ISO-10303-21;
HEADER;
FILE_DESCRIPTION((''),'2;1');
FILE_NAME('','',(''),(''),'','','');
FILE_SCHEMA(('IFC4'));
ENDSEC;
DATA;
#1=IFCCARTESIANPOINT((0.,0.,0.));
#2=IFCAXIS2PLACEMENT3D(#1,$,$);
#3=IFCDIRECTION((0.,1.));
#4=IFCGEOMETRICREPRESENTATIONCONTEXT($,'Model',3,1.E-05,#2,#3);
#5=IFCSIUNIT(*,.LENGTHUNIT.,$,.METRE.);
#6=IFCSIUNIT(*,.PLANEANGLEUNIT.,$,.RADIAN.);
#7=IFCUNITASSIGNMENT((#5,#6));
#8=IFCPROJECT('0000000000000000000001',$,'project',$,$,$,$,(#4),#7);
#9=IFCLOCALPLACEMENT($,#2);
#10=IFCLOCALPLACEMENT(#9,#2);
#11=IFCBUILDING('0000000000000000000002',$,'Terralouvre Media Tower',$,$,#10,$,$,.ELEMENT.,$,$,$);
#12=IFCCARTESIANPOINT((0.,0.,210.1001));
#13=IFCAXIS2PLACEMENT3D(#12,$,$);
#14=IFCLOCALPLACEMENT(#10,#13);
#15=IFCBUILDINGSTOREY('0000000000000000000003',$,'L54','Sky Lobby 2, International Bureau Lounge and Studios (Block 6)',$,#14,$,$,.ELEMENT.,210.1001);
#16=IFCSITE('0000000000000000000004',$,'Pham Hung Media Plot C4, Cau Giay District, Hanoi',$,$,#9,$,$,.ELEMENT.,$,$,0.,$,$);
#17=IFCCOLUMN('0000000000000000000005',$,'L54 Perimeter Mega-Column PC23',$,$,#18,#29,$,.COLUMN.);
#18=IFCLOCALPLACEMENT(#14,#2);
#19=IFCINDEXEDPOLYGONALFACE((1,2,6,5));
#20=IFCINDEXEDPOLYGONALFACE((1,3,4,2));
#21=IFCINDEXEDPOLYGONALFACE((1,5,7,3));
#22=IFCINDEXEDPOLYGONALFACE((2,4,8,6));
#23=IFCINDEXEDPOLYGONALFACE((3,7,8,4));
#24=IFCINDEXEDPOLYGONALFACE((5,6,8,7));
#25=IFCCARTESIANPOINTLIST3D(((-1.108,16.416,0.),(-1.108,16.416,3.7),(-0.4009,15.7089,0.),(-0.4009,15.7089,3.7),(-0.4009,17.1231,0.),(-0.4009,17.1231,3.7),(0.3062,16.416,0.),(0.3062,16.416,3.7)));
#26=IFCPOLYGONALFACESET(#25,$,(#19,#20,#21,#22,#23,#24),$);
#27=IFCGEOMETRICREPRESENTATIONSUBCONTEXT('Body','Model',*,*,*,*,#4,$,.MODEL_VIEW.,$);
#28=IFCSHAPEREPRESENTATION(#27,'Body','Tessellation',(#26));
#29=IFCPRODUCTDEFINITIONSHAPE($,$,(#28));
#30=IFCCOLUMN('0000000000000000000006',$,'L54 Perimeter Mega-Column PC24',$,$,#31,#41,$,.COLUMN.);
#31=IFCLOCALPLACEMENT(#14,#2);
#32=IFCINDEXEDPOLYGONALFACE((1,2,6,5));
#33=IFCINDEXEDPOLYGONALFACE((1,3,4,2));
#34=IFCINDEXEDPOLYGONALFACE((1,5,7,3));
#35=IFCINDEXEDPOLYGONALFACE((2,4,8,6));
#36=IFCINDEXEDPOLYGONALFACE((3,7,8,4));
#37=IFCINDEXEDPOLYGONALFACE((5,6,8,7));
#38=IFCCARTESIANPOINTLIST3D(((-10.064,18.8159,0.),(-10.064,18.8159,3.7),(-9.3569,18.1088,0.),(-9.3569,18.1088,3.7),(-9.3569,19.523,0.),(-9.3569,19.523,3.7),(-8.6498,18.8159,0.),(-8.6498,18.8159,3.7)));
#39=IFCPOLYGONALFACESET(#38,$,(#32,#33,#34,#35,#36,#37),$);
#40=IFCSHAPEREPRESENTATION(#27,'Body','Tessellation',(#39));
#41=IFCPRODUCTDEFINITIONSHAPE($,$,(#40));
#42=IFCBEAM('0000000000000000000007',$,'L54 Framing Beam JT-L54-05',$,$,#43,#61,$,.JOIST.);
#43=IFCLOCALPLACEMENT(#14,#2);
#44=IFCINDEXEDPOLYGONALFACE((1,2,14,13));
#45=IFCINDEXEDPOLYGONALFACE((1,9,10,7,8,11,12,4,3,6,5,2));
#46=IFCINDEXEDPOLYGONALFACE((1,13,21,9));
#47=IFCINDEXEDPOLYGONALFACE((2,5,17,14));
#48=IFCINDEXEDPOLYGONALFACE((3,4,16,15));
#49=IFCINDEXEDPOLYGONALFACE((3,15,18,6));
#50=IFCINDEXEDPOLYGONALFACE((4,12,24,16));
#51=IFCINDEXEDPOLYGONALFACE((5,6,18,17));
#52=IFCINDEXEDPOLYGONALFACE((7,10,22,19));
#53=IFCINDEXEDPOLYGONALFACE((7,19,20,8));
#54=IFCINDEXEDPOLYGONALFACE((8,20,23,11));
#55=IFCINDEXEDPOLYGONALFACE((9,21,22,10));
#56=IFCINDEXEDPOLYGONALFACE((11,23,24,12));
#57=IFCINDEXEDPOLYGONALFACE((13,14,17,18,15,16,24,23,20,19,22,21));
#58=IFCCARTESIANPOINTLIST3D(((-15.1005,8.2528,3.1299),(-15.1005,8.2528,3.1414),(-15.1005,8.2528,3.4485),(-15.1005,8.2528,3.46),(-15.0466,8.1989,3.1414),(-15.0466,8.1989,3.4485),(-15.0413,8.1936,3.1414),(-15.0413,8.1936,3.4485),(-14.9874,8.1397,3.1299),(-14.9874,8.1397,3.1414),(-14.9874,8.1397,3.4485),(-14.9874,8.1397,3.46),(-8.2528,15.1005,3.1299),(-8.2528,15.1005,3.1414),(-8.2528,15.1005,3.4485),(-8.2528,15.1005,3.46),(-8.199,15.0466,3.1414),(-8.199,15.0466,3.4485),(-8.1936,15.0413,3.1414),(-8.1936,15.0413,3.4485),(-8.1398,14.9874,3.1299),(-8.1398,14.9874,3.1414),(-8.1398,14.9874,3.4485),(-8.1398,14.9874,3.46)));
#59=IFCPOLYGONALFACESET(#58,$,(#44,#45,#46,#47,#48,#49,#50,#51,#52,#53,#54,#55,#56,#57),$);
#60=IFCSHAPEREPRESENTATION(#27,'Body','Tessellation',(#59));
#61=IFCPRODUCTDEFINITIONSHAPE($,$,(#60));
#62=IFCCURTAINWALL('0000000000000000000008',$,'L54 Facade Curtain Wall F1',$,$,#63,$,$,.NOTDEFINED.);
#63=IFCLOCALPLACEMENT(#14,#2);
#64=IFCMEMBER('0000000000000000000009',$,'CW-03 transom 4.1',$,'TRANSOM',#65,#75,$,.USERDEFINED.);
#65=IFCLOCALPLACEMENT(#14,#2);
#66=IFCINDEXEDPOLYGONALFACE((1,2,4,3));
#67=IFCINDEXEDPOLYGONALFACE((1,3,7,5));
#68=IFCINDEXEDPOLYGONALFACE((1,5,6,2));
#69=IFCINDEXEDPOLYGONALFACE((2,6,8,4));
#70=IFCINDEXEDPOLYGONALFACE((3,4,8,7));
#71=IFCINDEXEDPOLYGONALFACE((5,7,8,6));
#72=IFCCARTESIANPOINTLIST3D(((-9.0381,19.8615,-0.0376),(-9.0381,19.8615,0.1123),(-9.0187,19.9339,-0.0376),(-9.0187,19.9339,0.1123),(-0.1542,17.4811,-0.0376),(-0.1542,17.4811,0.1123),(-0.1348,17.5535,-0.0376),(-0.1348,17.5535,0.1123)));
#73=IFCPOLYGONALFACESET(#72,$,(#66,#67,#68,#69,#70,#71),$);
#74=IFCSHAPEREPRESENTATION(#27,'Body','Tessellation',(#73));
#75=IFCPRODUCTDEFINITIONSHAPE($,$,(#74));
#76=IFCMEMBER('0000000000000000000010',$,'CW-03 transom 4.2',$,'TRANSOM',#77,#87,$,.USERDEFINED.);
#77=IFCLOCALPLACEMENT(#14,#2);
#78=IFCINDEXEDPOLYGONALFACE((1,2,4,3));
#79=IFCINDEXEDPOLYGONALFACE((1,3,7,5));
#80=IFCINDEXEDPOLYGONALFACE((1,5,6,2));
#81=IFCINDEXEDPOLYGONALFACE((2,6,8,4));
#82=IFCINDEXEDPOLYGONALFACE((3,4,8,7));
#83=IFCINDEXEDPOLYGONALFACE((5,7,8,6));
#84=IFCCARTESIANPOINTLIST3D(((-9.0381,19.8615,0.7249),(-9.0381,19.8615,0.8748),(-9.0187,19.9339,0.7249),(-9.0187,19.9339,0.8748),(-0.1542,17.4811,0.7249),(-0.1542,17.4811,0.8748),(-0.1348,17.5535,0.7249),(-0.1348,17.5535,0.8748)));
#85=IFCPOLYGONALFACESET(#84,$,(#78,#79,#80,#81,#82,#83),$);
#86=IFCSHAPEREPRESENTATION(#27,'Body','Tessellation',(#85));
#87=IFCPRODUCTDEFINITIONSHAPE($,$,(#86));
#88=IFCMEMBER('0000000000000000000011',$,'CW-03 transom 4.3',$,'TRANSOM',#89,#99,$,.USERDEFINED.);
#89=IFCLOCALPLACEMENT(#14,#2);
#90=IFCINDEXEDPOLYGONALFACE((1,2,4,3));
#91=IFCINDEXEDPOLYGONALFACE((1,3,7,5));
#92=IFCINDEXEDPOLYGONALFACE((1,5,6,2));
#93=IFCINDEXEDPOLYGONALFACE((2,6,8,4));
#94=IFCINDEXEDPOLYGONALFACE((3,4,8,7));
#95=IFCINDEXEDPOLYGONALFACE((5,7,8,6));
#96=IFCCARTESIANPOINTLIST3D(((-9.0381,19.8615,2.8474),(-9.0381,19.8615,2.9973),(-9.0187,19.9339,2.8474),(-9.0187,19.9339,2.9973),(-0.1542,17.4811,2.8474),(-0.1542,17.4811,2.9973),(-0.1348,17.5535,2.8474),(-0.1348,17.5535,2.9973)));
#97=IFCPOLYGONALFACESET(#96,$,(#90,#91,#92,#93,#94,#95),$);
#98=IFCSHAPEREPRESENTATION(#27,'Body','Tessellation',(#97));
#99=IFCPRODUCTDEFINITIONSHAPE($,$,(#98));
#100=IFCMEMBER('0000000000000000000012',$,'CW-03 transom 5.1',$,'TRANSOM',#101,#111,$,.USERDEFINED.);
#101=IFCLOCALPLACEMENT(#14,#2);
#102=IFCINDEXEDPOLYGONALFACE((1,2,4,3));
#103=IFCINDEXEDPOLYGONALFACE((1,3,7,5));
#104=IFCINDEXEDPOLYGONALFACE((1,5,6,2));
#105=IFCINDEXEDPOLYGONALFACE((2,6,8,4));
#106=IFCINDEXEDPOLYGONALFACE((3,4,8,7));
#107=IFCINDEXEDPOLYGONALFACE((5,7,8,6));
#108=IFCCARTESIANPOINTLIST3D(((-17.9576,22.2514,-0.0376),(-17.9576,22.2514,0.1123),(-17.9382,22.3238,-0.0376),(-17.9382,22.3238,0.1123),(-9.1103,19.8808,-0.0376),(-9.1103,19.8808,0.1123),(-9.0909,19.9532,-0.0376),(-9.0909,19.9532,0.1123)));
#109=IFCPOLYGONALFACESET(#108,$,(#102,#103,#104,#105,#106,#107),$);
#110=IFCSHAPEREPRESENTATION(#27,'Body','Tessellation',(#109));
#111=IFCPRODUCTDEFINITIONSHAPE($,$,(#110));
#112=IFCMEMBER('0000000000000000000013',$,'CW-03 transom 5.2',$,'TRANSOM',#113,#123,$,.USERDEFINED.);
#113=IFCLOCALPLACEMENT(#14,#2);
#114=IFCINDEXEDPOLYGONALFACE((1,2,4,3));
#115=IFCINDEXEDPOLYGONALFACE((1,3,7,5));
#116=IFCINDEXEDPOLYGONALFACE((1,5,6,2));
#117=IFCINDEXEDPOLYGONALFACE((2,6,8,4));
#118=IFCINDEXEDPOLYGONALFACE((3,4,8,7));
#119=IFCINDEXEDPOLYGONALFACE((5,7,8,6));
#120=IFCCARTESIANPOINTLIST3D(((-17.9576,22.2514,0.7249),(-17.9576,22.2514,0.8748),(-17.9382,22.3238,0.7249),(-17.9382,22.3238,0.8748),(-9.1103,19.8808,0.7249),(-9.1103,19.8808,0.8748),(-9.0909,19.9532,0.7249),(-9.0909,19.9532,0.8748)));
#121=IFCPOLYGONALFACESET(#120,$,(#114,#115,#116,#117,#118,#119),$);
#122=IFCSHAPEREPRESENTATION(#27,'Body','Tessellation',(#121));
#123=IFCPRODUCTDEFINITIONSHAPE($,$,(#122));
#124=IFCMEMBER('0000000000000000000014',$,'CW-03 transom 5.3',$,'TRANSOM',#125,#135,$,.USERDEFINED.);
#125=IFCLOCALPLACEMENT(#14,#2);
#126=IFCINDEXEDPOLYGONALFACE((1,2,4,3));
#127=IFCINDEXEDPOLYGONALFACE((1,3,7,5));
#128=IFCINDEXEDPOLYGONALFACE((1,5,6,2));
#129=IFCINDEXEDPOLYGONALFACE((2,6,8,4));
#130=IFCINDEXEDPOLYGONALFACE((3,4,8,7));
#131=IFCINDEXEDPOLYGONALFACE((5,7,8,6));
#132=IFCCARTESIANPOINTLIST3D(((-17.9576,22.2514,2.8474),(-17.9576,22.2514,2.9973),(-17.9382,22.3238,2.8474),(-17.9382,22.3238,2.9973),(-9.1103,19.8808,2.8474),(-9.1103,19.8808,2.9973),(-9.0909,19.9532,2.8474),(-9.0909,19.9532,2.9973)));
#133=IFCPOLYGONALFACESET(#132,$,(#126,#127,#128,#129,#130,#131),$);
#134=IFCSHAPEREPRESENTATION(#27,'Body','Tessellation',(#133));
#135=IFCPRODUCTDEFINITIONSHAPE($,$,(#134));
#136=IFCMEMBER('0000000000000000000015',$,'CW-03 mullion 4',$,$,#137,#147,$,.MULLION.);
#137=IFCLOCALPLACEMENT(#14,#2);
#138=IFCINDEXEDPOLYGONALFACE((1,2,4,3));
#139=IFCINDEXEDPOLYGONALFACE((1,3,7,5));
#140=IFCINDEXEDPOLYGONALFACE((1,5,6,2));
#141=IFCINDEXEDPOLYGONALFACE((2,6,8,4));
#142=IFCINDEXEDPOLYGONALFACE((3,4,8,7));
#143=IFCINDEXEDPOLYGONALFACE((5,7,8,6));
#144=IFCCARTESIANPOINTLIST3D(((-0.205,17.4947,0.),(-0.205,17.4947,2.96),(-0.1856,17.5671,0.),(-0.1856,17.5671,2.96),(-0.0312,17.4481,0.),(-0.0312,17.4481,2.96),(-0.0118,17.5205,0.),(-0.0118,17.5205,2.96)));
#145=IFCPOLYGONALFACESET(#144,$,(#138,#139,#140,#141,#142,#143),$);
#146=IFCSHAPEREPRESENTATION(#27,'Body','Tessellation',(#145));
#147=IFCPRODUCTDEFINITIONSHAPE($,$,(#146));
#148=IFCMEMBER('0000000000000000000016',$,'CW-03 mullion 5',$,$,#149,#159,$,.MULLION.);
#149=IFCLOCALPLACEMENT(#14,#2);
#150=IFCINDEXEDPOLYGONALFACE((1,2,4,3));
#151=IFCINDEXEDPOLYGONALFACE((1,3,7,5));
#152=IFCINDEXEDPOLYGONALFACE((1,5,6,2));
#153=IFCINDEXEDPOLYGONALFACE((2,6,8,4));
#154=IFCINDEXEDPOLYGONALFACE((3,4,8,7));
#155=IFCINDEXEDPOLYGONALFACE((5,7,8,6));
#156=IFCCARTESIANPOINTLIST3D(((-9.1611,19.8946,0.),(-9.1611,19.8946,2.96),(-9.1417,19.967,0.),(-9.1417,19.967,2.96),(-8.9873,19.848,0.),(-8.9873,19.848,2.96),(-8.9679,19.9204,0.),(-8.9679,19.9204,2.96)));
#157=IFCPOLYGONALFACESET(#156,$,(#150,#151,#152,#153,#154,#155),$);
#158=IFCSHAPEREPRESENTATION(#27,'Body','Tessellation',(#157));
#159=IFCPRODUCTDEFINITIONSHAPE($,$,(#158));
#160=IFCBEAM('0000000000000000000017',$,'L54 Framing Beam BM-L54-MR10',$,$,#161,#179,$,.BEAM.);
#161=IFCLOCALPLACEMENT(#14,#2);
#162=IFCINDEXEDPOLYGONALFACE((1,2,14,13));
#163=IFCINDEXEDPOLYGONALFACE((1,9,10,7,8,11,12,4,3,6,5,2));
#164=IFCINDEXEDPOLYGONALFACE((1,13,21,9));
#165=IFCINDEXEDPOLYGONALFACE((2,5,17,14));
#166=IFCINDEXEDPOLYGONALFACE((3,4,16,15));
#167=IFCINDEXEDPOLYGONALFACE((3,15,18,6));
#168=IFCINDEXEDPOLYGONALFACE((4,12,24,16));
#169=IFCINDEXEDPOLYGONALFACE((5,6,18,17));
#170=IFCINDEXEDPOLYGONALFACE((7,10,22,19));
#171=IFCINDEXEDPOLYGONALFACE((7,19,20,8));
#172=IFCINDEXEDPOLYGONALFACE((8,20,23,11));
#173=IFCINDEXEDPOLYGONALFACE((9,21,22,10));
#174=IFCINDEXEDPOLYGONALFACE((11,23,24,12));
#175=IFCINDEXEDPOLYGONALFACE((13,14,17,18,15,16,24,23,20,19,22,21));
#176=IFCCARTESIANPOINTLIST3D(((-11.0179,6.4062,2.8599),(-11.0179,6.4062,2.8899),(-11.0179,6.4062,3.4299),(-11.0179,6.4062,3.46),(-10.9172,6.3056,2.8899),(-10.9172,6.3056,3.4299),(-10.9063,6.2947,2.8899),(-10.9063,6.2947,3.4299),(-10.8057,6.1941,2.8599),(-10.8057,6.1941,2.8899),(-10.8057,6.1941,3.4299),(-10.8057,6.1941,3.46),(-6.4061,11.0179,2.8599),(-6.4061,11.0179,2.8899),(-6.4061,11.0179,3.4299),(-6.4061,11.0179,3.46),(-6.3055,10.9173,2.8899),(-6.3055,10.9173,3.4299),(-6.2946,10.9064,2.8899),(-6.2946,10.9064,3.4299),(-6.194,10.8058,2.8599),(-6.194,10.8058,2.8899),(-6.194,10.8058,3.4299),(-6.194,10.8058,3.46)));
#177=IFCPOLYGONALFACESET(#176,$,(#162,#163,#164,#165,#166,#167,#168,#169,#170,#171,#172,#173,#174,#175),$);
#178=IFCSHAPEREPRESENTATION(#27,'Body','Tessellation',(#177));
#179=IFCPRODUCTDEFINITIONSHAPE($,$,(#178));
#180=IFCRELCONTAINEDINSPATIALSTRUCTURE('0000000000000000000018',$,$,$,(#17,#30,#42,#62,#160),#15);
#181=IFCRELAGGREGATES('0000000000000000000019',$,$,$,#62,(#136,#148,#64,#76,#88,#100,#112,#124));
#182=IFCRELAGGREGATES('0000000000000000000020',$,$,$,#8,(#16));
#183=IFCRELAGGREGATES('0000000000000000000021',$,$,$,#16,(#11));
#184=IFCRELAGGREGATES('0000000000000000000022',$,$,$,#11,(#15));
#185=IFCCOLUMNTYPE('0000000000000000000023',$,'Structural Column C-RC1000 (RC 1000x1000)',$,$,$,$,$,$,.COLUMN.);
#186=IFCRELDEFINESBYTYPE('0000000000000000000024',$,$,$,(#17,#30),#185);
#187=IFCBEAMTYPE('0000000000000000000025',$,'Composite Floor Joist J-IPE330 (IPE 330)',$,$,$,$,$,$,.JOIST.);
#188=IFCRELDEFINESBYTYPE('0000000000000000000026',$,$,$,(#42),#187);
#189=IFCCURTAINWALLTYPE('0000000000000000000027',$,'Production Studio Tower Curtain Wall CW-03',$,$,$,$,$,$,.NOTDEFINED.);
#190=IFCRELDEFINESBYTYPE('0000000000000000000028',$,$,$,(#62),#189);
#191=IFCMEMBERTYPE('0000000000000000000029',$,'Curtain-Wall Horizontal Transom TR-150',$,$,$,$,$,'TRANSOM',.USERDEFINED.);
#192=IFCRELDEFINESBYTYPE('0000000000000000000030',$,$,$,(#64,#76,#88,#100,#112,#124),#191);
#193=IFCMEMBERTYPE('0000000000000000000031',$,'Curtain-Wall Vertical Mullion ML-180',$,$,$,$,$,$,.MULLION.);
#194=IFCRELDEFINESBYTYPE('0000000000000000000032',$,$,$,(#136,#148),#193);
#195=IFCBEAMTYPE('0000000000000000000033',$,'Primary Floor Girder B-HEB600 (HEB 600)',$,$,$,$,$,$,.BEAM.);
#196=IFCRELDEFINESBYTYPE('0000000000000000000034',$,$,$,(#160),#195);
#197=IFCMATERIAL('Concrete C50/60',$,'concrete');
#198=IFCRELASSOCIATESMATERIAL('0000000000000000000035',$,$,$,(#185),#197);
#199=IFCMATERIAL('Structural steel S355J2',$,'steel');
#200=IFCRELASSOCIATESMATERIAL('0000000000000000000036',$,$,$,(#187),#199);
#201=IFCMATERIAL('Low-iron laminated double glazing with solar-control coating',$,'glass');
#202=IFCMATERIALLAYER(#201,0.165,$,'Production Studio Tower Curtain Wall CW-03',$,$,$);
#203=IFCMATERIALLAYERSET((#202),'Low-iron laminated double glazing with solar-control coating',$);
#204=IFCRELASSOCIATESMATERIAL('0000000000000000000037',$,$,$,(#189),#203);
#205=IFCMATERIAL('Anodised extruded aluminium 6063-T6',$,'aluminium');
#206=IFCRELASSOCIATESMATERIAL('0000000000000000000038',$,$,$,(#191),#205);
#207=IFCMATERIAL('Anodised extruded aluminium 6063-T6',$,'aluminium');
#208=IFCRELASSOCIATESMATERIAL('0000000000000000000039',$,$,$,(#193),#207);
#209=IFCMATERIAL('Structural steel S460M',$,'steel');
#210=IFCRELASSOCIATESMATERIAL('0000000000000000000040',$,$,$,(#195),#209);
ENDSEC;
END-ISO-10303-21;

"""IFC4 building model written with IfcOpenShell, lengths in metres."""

from ifc_helpers import new_model, si_unit, direction, frame, origin, origin_2d, place, context, subcontext, project, spatial, rectangle, i_section, extrude, material, layer, layer_set, material_profile, profile_set, type_object, element, aggregate, save


model = new_model("IFC4")

# Units and contexts
model_context = context("Model", 3, precision=1e-05, world=origin(), true_north=direction((0.0, 1.0)))
body_context = subcontext(model_context, "Body", "Model", "MODEL_VIEW")
ifc_project = project(units=[si_unit("LENGTHUNIT", "METRE"), si_unit("PLANEANGLEUNIT", "RADIAN")], contexts=[model_context])

# Site, building, storey
site_placement = place(None, origin())
site = spatial("IfcSite", under=ifc_project, at=site_placement, Name="Pham Hung Media Plot C4, Cau Giay District, Hanoi", CompositionType="ELEMENT", RefElevation=0.0)
building_placement = place(site_placement, origin())
building = spatial("IfcBuilding", under=site, at=building_placement, Name="Terralouvre Media Tower", CompositionType="ELEMENT")
storey_placement = place(building_placement, frame((0.0, 0.0, 210.1001)))
storey = spatial("IfcBuildingStorey", under=building, at=storey_placement, Name="L54", Description="Sky Lobby 2, International Bureau Lounge and Studios (Block 6)", CompositionType="ELEMENT", Elevation=210.1001)

# Columns
ifc_material_1 = material(Name="Concrete C50/60", Category="concrete")
ifc_material_profile_1 = material_profile(ifc_material_1, rectangle(XDim=1.0, YDim=1.0, at=origin_2d()), Name="RC 1000x1000")
ifc_profile_set_1 = profile_set([ifc_material_profile_1], Name="Concrete C50/60")
column_type = type_object("IfcColumnType", Name="Structural Column C-RC1000 (RC 1000x1000)", PredefinedType="COLUMN", material=ifc_profile_set_1)
for number, where, z_axis, x_axis, name in (
    (1, (-0.4009, 16.416, 0.0), (0.0, 0.0, 1.0), (0.707107, 0.707107, 0.0), "L54 Perimeter Mega-Column PC23"),
    (2, (-9.3569, 18.8159, 0.0), (0.0, 0.0, 1.0), (0.707107, 0.707107, 0.0), "L54 Perimeter Mega-Column PC24"),
):
    element("IfcColumn", number, at=place(storey_placement, frame(where, z_axis=z_axis, x_axis=x_axis)), inside=storey, type_object=column_type, Name=name, PredefinedType="COLUMN", context=body_context, shape_type="SweptSolid", body=[
        extrude(rectangle(XDim=1.0, YDim=1.0, at=origin_2d()), origin(), (0.0, 0.0, 1.0), 3.7),
    ])

# Beam
ifc_material_2 = material(Name="Structural steel S355J2", Category="steel")
ifc_material_profile_2 = material_profile(ifc_material_2, i_section(OverallWidth=0.1599, OverallDepth=0.3301, WebThickness=0.0076, FlangeThickness=0.0115, at=origin_2d()), Name="IPE 330")
ifc_profile_set_2 = profile_set([ifc_material_profile_2], Name="Structural steel S355J2")
beam_type_1 = type_object("IfcBeamType", Name="Composite Floor Joist J-IPE330 (IPE 330)", PredefinedType="JOIST", material=ifc_profile_set_2)
beam_1_placement = place(storey_placement, frame((-8.1963, 15.0439, 3.2949), z_axis=(-0.707107, -0.707107, 0.0), x_axis=(0.707107, -0.707107, 0.0)))
element("IfcBeam", 3, at=beam_1_placement, inside=storey, type_object=beam_type_1, Name="L54 Framing Beam JT-L54-05", PredefinedType="JOIST", context=body_context, shape_type="SweptSolid", body=[
    extrude(i_section(OverallWidth=0.1599, OverallDepth=0.3301, WebThickness=0.0076, FlangeThickness=0.0115, at=origin_2d()), origin(), (0.0, 0.0, 1.0), 9.6841),
])

# Curtain wall, members
ifc_material_3 = material(Name="Low-iron laminated double glazing with solar-control coating", Category="glass")
ifc_layer_1 = layer(ifc_material_3, 0.165, Name="Production Studio Tower Curtain Wall CW-03")
ifc_layer_set_1 = layer_set([ifc_layer_1], Name="Low-iron laminated double glazing with solar-control coating")
curtain_wall_type = type_object("IfcCurtainWallType", Name="Production Studio Tower Curtain Wall CW-03", PredefinedType="NOTDEFINED", material=ifc_layer_set_1)
curtain_wall_placement = place(storey_placement, origin())
curtain_wall = element("IfcCurtainWall", 4, at=curtain_wall_placement, inside=storey, type_object=curtain_wall_type, Name="L54 Facade Curtain Wall F1", PredefinedType="NOTDEFINED")
ifc_material_4 = material(Name="Anodised extruded aluminium 6063-T6", Category="aluminium")
ifc_material_profile_3 = material_profile(ifc_material_4, rectangle(XDim=0.075, YDim=0.1499, at=origin_2d()), Name="ALU 75x150")
ifc_profile_set_3 = profile_set([ifc_material_profile_3], Name="Anodised extruded aluminium 6063-T6")
member_type_1 = type_object("IfcMemberType", Name="Curtain-Wall Horizontal Transom TR-150", ElementType="TRANSOM", PredefinedType="USERDEFINED", material=ifc_profile_set_3)
member_1_placement = place(storey_placement, frame((-0.1445, 17.5173, 0.0374), z_axis=(-0.965927, 0.258816, 0.0), x_axis=(-0.258816, -0.965927, 0.0)))
member_1 = element("IfcMember", 5, at=member_1_placement, type_object=member_type_1, Name="CW-03 transom 4.1", ObjectType="TRANSOM", PredefinedType="USERDEFINED", context=body_context, shape_type="SweptSolid", body=[
    extrude(rectangle(XDim=0.075, YDim=0.1499, at=origin_2d()), origin(), (0.0, 0.0, 1.0), 9.1973),
])
member_2_placement = place(storey_placement, frame((-0.1445, 17.5173, 0.7998), z_axis=(-0.965927, 0.258816, 0.0), x_axis=(-0.258816, -0.965927, 0.0)))
member_2 = element("IfcMember", 6, at=member_2_placement, type_object=member_type_1, Name="CW-03 transom 4.2", ObjectType="TRANSOM", PredefinedType="USERDEFINED", context=body_context, shape_type="SweptSolid", body=[
    extrude(rectangle(XDim=0.075, YDim=0.1499, at=origin_2d()), origin(), (0.0, 0.0, 1.0), 9.1973),
])
member_3_placement = place(storey_placement, frame((-0.1445, 17.5173, 2.9224), z_axis=(-0.965927, 0.258816, 0.0), x_axis=(-0.258816, -0.965927, 0.0)))
member_3 = element("IfcMember", 7, at=member_3_placement, type_object=member_type_1, Name="CW-03 transom 4.3", ObjectType="TRANSOM", PredefinedType="USERDEFINED", context=body_context, shape_type="SweptSolid", body=[
    extrude(rectangle(XDim=0.075, YDim=0.1499, at=origin_2d()), origin(), (0.0, 0.0, 1.0), 9.1973),
])
member_4_placement = place(storey_placement, frame((-9.1006, 19.917, 0.0374), z_axis=(-0.965927, 0.258814, 0.0), x_axis=(-0.258814, -0.965927, 0.0)))
member_4 = element("IfcMember", 8, at=member_4_placement, type_object=member_type_1, Name="CW-03 transom 5.1", ObjectType="TRANSOM", PredefinedType="USERDEFINED", context=body_context, shape_type="SweptSolid", body=[
    extrude(rectangle(XDim=0.075, YDim=0.1499, at=origin_2d()), origin(), (0.0, 0.0, 1.0), 9.1594),
])
member_5_placement = place(storey_placement, frame((-9.1006, 19.917, 0.7998), z_axis=(-0.965927, 0.258814, 0.0), x_axis=(-0.258814, -0.965927, 0.0)))
member_5 = element("IfcMember", 9, at=member_5_placement, type_object=member_type_1, Name="CW-03 transom 5.2", ObjectType="TRANSOM", PredefinedType="USERDEFINED", context=body_context, shape_type="SweptSolid", body=[
    extrude(rectangle(XDim=0.075, YDim=0.1499, at=origin_2d()), origin(), (0.0, 0.0, 1.0), 9.1594),
])
member_6_placement = place(storey_placement, frame((-9.1006, 19.917, 2.9224), z_axis=(-0.965927, 0.258814, 0.0), x_axis=(-0.258814, -0.965927, 0.0)))
member_6 = element("IfcMember", 10, at=member_6_placement, type_object=member_type_1, Name="CW-03 transom 5.3", ObjectType="TRANSOM", PredefinedType="USERDEFINED", context=body_context, shape_type="SweptSolid", body=[
    extrude(rectangle(XDim=0.075, YDim=0.1499, at=origin_2d()), origin(), (0.0, 0.0, 1.0), 9.1594),
])
ifc_material_5 = material(Name="Anodised extruded aluminium 6063-T6", Category="aluminium")
ifc_material_profile_4 = material_profile(ifc_material_5, rectangle(XDim=0.075, YDim=0.1799, at=origin_2d()), Name="ALU 75x180")
ifc_profile_set_4 = profile_set([ifc_material_profile_4], Name="Anodised extruded aluminium 6063-T6")
member_type_2 = type_object("IfcMemberType", Name="Curtain-Wall Vertical Mullion ML-180", PredefinedType="MULLION", material=ifc_profile_set_4)
member_7_placement = place(storey_placement, frame((-0.1084, 17.5076, 0.0), z_axis=(0.0, 0.0, 1.0), x_axis=(-0.258819, -0.965926, 0.0)))
member_7 = element("IfcMember", 11, at=member_7_placement, type_object=member_type_2, Name="CW-03 mullion 4", PredefinedType="MULLION", context=body_context, shape_type="SweptSolid", body=[
    extrude(rectangle(XDim=0.075, YDim=0.1799, at=origin_2d()), origin(), (0.0, 0.0, 1.0), 2.96),
])
member_8_placement = place(storey_placement, frame((-9.0645, 19.9075, 0.0), z_axis=(0.0, 0.0, 1.0), x_axis=(-0.258819, -0.965926, 0.0)))
member_8 = element("IfcMember", 12, at=member_8_placement, type_object=member_type_2, Name="CW-03 mullion 5", PredefinedType="MULLION", context=body_context, shape_type="SweptSolid", body=[
    extrude(rectangle(XDim=0.075, YDim=0.1799, at=origin_2d()), origin(), (0.0, 0.0, 1.0), 2.96),
])

# Beam
ifc_material_6 = material(Name="Structural steel S460M", Category="steel")
ifc_material_profile_5 = material_profile(ifc_material_6, i_section(OverallWidth=0.3, OverallDepth=0.6001, WebThickness=0.0154, FlangeThickness=0.03, at=origin_2d()), Name="HEB 600")
ifc_profile_set_5 = profile_set([ifc_material_profile_5], Name="Structural steel S460M")
beam_type_2 = type_object("IfcBeamType", Name="Primary Floor Girder B-HEB600 (HEB 600)", PredefinedType="BEAM", material=ifc_profile_set_5)
beam_2_placement = place(storey_placement, frame((-6.3, 10.9119, 3.1599), z_axis=(-0.707107, -0.707107, 0.0), x_axis=(0.707107, -0.707107, 0.0)))
element("IfcBeam", 13, at=beam_2_placement, inside=storey, type_object=beam_type_2, Name="L54 Framing Beam BM-L54-MR10", PredefinedType="BEAM", context=body_context, shape_type="SweptSolid", body=[
    extrude(i_section(OverallWidth=0.3, OverallDepth=0.6001, WebThickness=0.0154, FlangeThickness=0.03, at=origin_2d()), origin(), (0.0, 0.0, 1.0), 6.522),
])

aggregate(curtain_wall, [member_7, member_8, member_1, member_2, member_3, member_4, member_5, member_6])

save(model, "model.ifc")
